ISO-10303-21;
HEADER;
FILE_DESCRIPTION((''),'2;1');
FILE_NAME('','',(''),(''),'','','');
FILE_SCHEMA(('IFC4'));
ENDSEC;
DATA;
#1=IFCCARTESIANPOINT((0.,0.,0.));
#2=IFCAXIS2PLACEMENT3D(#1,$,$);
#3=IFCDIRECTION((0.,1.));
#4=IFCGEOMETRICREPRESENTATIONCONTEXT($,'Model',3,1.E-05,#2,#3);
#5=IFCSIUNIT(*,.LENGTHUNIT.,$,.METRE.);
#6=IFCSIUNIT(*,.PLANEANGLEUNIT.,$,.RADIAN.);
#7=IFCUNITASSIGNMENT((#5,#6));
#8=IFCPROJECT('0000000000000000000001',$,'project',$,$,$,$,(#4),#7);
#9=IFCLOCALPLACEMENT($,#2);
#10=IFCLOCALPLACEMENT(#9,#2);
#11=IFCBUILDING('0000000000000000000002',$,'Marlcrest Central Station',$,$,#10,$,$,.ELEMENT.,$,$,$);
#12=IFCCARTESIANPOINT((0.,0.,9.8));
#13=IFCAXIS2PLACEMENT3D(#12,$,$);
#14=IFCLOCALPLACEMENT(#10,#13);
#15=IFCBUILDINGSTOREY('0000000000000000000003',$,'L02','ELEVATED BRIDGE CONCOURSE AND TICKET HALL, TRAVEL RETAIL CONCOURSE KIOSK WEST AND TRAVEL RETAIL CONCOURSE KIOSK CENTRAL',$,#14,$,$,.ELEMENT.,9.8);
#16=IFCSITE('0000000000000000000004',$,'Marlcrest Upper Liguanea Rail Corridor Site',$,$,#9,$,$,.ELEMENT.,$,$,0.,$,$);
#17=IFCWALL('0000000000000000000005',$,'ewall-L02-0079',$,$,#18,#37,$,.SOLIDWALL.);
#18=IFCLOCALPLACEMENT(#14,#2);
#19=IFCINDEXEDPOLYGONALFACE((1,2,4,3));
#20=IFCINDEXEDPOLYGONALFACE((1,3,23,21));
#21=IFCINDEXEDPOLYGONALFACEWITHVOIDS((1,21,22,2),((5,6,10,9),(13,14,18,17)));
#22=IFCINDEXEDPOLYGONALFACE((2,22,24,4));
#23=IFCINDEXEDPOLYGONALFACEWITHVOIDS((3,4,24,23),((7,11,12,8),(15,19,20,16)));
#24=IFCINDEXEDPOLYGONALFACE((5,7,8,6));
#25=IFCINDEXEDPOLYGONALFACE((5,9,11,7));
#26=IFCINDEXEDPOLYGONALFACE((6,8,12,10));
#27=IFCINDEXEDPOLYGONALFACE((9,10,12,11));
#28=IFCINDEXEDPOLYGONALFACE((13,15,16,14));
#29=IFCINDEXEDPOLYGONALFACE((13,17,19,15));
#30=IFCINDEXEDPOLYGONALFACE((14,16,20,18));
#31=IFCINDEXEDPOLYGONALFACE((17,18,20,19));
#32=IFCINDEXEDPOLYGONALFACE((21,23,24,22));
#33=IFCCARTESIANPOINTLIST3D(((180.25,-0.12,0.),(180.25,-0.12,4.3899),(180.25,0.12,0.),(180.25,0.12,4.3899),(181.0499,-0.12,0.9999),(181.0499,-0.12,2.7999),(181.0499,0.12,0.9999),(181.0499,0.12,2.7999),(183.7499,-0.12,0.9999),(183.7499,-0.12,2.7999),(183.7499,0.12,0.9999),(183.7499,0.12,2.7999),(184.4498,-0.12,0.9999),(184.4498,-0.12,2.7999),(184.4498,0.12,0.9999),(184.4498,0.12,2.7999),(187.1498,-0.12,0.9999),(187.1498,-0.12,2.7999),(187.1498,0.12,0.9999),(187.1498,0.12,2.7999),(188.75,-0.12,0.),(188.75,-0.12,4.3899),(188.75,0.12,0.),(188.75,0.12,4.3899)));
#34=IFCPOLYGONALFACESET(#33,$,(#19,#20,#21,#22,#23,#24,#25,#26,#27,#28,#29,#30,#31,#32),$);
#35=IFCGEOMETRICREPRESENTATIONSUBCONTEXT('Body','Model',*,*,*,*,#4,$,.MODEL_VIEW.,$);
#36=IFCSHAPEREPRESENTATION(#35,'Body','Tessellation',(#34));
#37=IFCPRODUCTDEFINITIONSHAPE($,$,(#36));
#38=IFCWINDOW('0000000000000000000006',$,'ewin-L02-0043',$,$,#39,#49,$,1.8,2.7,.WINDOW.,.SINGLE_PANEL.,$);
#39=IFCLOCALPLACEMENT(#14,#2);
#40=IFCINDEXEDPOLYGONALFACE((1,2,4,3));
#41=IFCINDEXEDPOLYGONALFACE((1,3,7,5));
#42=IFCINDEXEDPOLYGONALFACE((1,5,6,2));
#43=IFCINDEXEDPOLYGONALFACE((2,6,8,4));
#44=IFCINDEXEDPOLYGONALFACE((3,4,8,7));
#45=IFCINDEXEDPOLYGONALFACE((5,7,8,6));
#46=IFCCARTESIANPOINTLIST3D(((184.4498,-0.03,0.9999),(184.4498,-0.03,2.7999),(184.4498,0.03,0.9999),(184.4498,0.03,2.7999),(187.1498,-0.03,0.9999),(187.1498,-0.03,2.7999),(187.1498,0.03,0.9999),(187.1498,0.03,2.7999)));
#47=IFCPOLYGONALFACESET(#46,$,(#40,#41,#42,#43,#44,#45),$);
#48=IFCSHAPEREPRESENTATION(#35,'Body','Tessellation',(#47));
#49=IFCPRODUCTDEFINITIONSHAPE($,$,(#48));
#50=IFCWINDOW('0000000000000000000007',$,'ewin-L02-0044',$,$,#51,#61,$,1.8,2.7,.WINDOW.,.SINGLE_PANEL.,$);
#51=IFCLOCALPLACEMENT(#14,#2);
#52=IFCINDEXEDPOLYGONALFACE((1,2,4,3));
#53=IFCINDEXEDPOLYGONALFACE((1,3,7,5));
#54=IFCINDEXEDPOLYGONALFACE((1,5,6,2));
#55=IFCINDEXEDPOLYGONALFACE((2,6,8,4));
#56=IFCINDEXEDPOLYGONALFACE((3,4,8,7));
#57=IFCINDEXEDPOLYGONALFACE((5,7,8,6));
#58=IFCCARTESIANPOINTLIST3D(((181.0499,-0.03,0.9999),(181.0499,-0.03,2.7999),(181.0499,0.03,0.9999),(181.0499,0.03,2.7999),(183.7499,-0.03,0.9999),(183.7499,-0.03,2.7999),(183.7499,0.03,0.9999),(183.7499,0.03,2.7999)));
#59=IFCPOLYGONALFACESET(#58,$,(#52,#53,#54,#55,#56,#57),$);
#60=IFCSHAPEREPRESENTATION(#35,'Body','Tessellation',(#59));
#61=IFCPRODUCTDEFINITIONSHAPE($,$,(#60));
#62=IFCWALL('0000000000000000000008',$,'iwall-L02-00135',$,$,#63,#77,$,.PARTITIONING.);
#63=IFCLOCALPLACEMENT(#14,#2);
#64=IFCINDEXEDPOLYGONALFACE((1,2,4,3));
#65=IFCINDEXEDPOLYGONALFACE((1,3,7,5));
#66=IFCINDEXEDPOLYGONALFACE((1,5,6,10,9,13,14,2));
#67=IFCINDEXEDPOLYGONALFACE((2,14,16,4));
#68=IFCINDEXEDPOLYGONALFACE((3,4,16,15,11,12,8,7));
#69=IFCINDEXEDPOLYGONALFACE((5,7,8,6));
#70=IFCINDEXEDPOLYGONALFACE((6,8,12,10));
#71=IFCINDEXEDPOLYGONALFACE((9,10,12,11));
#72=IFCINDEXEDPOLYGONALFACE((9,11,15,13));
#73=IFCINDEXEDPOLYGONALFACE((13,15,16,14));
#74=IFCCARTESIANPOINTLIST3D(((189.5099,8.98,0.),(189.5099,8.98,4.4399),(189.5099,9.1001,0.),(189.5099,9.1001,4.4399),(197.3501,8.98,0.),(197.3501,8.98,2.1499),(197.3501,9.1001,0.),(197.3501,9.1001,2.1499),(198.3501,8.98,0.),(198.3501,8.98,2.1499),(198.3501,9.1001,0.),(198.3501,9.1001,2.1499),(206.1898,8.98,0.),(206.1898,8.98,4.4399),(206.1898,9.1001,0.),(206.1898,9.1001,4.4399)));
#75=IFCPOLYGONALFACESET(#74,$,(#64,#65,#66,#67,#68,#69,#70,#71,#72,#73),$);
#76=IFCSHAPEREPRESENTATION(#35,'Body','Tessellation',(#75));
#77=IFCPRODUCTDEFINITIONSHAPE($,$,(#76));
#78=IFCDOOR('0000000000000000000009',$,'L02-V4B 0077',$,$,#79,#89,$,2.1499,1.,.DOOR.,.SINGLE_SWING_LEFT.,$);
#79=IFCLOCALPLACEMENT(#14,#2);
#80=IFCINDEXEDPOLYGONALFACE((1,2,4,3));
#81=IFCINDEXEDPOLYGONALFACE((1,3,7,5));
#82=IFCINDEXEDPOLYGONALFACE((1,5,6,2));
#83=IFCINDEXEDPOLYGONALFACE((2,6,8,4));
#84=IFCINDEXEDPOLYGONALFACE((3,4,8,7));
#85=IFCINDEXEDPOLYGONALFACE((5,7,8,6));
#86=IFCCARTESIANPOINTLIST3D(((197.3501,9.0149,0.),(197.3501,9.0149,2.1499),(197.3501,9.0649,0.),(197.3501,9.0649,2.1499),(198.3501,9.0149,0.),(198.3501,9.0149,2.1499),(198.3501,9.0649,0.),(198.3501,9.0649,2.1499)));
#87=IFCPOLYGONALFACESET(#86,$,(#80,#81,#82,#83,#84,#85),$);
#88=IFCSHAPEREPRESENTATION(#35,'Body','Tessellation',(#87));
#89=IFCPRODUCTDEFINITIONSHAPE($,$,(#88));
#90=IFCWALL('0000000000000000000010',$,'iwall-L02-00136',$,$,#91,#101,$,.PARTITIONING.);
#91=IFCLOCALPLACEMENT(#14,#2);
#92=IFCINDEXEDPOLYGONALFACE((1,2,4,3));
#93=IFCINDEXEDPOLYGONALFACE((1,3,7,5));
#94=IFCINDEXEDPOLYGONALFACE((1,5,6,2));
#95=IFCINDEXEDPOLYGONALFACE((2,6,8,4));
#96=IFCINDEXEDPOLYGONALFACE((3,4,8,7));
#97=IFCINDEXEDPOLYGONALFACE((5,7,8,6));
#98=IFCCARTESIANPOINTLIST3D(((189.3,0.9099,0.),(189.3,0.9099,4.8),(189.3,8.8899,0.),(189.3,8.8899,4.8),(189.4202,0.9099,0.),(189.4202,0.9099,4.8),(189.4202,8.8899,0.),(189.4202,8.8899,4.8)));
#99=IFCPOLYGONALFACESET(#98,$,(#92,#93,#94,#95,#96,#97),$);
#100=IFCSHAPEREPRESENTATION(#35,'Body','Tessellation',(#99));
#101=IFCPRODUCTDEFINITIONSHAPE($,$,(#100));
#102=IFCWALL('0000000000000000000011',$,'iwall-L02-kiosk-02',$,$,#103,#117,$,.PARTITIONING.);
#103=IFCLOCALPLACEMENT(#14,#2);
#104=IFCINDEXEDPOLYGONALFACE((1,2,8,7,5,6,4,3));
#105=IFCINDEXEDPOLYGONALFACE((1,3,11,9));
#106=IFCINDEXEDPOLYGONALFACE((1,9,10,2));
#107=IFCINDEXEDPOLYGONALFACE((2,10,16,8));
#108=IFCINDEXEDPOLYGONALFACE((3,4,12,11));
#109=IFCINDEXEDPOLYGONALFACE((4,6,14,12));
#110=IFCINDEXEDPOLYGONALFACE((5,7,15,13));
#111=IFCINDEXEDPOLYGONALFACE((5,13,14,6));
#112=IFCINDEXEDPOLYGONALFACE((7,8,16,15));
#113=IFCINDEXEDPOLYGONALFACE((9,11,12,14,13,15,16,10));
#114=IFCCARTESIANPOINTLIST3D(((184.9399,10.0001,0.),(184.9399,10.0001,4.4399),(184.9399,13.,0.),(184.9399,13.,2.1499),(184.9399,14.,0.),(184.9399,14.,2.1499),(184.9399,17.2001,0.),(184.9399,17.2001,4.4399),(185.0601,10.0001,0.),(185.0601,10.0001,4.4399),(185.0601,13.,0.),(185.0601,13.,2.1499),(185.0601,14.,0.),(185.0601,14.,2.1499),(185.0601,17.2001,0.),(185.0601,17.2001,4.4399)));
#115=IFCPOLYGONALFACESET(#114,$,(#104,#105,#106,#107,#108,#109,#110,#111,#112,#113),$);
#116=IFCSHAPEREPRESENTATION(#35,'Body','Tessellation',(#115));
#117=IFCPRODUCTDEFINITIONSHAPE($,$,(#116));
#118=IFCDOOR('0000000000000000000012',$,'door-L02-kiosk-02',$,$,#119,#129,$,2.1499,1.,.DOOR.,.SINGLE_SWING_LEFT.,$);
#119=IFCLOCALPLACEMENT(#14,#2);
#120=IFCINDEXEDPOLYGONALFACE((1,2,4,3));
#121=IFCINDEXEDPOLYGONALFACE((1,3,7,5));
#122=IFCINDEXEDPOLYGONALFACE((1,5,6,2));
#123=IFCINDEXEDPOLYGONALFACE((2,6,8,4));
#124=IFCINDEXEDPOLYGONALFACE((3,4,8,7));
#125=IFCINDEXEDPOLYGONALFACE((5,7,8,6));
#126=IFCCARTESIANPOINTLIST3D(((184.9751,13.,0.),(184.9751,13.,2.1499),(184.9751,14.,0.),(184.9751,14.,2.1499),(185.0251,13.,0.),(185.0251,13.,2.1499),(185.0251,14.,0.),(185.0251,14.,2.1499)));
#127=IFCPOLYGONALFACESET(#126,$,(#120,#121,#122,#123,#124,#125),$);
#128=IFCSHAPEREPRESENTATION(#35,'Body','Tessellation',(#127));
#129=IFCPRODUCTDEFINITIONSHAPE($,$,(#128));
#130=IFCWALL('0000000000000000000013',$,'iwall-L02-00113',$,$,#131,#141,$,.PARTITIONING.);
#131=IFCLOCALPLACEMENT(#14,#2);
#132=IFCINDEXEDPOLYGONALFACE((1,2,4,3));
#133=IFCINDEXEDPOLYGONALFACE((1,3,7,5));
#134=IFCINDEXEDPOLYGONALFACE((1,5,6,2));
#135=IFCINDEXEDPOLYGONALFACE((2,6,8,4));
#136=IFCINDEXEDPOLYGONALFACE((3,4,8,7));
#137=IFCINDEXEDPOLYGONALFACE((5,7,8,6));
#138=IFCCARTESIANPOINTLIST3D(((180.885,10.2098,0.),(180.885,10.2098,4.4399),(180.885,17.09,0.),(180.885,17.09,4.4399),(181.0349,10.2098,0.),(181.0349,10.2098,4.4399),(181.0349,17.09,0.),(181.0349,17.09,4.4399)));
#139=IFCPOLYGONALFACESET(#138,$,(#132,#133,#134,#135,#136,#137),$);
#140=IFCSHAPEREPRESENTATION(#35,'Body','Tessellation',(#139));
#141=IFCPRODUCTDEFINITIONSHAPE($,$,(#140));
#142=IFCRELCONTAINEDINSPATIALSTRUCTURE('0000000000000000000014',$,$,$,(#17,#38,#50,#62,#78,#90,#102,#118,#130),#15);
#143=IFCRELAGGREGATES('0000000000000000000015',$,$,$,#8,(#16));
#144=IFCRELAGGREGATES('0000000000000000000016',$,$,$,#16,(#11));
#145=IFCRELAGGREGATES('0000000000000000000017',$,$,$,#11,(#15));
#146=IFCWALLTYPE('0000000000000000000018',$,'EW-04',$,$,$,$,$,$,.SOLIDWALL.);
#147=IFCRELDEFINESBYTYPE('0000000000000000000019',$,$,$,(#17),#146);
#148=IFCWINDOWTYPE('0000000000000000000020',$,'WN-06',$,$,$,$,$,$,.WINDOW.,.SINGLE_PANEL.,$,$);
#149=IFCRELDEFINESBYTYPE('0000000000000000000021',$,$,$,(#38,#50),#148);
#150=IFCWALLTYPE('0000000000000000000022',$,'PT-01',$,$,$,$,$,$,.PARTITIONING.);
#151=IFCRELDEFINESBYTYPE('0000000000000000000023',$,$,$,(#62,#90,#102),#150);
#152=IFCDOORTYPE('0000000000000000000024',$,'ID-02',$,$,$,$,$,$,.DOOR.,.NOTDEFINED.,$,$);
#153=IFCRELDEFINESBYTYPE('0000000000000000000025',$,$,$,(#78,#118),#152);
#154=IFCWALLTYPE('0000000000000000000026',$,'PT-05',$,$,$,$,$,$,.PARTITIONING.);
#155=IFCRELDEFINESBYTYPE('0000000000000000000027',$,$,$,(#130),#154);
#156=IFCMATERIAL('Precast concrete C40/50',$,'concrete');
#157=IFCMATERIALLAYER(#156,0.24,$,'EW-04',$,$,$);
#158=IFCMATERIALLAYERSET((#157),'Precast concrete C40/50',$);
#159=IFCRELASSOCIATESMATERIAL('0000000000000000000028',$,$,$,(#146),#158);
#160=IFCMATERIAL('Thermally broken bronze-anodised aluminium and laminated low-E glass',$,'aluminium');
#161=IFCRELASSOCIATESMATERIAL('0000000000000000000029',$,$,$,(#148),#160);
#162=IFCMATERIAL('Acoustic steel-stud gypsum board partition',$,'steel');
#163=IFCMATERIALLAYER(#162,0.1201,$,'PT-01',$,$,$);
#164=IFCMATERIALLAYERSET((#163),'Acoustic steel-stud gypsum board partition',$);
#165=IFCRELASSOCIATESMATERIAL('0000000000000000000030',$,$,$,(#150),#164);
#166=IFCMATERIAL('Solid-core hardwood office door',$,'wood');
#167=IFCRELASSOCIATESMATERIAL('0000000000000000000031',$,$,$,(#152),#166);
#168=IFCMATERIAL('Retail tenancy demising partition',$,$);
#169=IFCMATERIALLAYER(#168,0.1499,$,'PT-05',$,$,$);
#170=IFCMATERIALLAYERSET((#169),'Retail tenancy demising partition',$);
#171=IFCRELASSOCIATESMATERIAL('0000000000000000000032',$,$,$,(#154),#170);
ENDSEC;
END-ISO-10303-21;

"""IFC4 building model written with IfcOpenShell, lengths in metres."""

from ifc_helpers import new_model, si_unit, direction, frame, frame_2d, origin, place, context, subcontext, project, spatial, rectangle, extrude, material, layer, layer_set, type_object, element, fill, save


model = new_model("IFC4")

# Units and contexts
model_context = context("Model", 3, precision=1e-05, world=origin(), true_north=direction((0.0, 1.0)))
body_context = subcontext(model_context, "Body", "Model", "MODEL_VIEW")
ifc_project = project(units=[si_unit("LENGTHUNIT", "METRE"), si_unit("PLANEANGLEUNIT", "RADIAN")], contexts=[model_context])

# Site, building, storey
site_placement = place(None, origin())
site = spatial("IfcSite", under=ifc_project, at=site_placement, Name="Marlcrest Upper Liguanea Rail Corridor Site", CompositionType="ELEMENT", RefElevation=0.0)
building_placement = place(site_placement, origin())
building = spatial("IfcBuilding", under=site, at=building_placement, Name="Marlcrest Central Station", CompositionType="ELEMENT")
storey_placement = place(building_placement, frame((0.0, 0.0, 9.8)))
storey = spatial("IfcBuildingStorey", under=building, at=storey_placement, Name="L02", Description="ELEVATED BRIDGE CONCOURSE AND TICKET HALL, TRAVEL RETAIL CONCOURSE KIOSK WEST AND TRAVEL RETAIL CONCOURSE KIOSK CENTRAL", CompositionType="ELEMENT", Elevation=9.8)

# Wall, openings, windows
ifc_material_1 = material(Name="Precast concrete C40/50", Category="concrete")
ifc_layer_1 = layer(ifc_material_1, 0.24, Name="EW-04")
ifc_layer_set_1 = layer_set([ifc_layer_1], Name="Precast concrete C40/50")
wall_type_1 = type_object("IfcWallType", Name="EW-04", PredefinedType="SOLIDWALL", material=ifc_layer_set_1)
wall_1_placement = place(storey_placement, frame((188.75, 0.0, 0.0), z_axis=(0.0, 0.0, 1.0), x_axis=(-1.0, 0.0, 0.0)))
wall_1 = element("IfcWall", 1, at=wall_1_placement, inside=storey, type_object=wall_type_1, Name="ewall-L02-0079", PredefinedType="SOLIDWALL", context=body_context, shape_type="SweptSolid", body=[
    extrude(rectangle(XDim=8.5, YDim=0.24, at=frame_2d((4.25, 0.0))), origin(), (0.0, 0.0, 1.0), 4.3899),
])
opening_1_placement = place(wall_1_placement, frame((1.6001, 0.0, 1.0)))
opening_1 = element("IfcOpeningElement", 2, at=opening_1_placement, cuts=wall_1, PredefinedType="OPENING", context=body_context, shape_type="SweptSolid", body=[
    extrude(rectangle(XDim=2.7, YDim=1.8, at=frame_2d((1.3501, 0.8999))), frame((0.0, 0.1299, 0.0), z_axis=(0.0, -1.0, 0.0), x_axis=(1.0, 0.0, 0.0)), (0.0, 0.0, 1.0), 0.26),
])
opening_2_placement = place(wall_1_placement, frame((5.0, 0.0, 1.0)))
opening_2 = element("IfcOpeningElement", 3, at=opening_2_placement, cuts=wall_1, PredefinedType="OPENING", context=body_context, shape_type="SweptSolid", body=[
    extrude(rectangle(XDim=2.7, YDim=1.8, at=frame_2d((1.3501, 0.8999))), frame((0.0, 0.1299, 0.0), z_axis=(0.0, -1.0, 0.0), x_axis=(1.0, 0.0, 0.0)), (0.0, 0.0, 1.0), 0.26),
])
ifc_material_2 = material(Name="Thermally broken bronze-anodised aluminium and laminated low-E glass", Category="aluminium")
window_type = type_object("IfcWindowType", Name="WN-06", PartitioningType="SINGLE_PANEL", PredefinedType="WINDOW", material=ifc_material_2)
window_1_placement = place(opening_1_placement, origin())
window_1 = element("IfcWindow", 4, at=window_1_placement, inside=storey, type_object=window_type, Name="ewin-L02-0043", OverallHeight=1.8, OverallWidth=2.7, PartitioningType="SINGLE_PANEL", PredefinedType="WINDOW", context=body_context, shape_type="SweptSolid", body=[
    extrude(rectangle(XDim=2.7, YDim=1.8, at=frame_2d((1.3501, 0.8999))), frame((0.0, 0.03, 0.0), z_axis=(0.0, -1.0, 0.0), x_axis=(1.0, 0.0, 0.0)), (0.0, 0.0, 1.0), 0.0601),
])
fill(opening_1, window_1)
window_2_placement = place(opening_2_placement, origin())
window_2 = element("IfcWindow", 5, at=window_2_placement, inside=storey, type_object=window_type, Name="ewin-L02-0044", OverallHeight=1.8, OverallWidth=2.7, PartitioningType="SINGLE_PANEL", PredefinedType="WINDOW", context=body_context, shape_type="SweptSolid", body=[
    extrude(rectangle(XDim=2.7, YDim=1.8, at=frame_2d((1.3501, 0.8999))), frame((0.0, 0.03, 0.0), z_axis=(0.0, -1.0, 0.0), x_axis=(1.0, 0.0, 0.0)), (0.0, 0.0, 1.0), 0.0601),
])
fill(opening_2, window_2)

# Wall, opening, door
ifc_material_3 = material(Name="Acoustic steel-stud gypsum board partition", Category="steel")
ifc_layer_2 = layer(ifc_material_3, 0.1201, Name="PT-01")
ifc_layer_set_2 = layer_set([ifc_layer_2], Name="Acoustic steel-stud gypsum board partition")
wall_type_2 = type_object("IfcWallType", Name="PT-01", PredefinedType="PARTITIONING", material=ifc_layer_set_2)
wall_2_placement = place(storey_placement, frame((189.51, 9.04, 0.0), z_axis=(0.0, 0.0, 1.0), x_axis=(1.0, 0.0, 0.0)))
wall_2 = element("IfcWall", 6, at=wall_2_placement, inside=storey, type_object=wall_type_2, Name="iwall-L02-00135", PredefinedType="PARTITIONING", context=body_context, shape_type="SweptSolid", body=[
    extrude(rectangle(XDim=16.6799, YDim=0.1201, at=frame_2d((8.3398, 0.0))), origin(), (0.0, 0.0, 1.0), 4.4399),
])
opening_3_placement = place(wall_2_placement, frame((7.8401, 0.0, 0.0)))
opening_3 = element("IfcOpeningElement", 7, at=opening_3_placement, cuts=wall_2, PredefinedType="OPENING", context=body_context, shape_type="SweptSolid", body=[
    extrude(rectangle(XDim=1.0, YDim=2.1499, at=frame_2d((0.5, 1.075))), frame((0.0, 0.0701, 0.0), z_axis=(0.0, -1.0, 0.0), x_axis=(1.0, 0.0, 0.0)), (0.0, 0.0, 1.0), 0.1401),
])
ifc_material_4 = material(Name="Solid-core hardwood office door", Category="wood")
door_type = type_object("IfcDoorType", Name="ID-02", OperationType="NOTDEFINED", PredefinedType="DOOR", material=ifc_material_4)
door_1_placement = place(opening_3_placement, origin())
door_1 = element("IfcDoor", 8, at=door_1_placement, inside=storey, type_object=door_type, Name="L02-V4B 0077", OperationType="SINGLE_SWING_LEFT", OverallHeight=2.1499, OverallWidth=1.0, PredefinedType="DOOR", context=body_context, shape_type="SweptSolid", body=[
    extrude(rectangle(XDim=1.0, YDim=2.1499, at=frame_2d((0.5, 1.075))), frame((0.0, 0.0249, 0.0), z_axis=(0.0, -1.0, 0.0), x_axis=(1.0, 0.0, 0.0)), (0.0, 0.0, 1.0), 0.05),
])
fill(opening_3, door_1)

# Wall
wall_3_placement = place(storey_placement, frame((189.3601, 0.9099, 0.0), z_axis=(0.0, 0.0, 1.0), x_axis=(0.0, 1.0, 0.0)))
element("IfcWall", 9, at=wall_3_placement, inside=storey, type_object=wall_type_2, Name="iwall-L02-00136", PredefinedType="PARTITIONING", context=body_context, shape_type="SweptSolid", body=[
    extrude(rectangle(XDim=7.98, YDim=0.1201, at=frame_2d((3.99, 0.0))), origin(), (0.0, 0.0, 1.0), 4.8),
])

# Wall, opening, door
wall_4_placement = place(storey_placement, frame((185.0, 10.0, 0.0), z_axis=(0.0, 0.0, 1.0), x_axis=(0.0, 1.0, 0.0)))
wall_4 = element("IfcWall", 10, at=wall_4_placement, inside=storey, type_object=wall_type_2, Name="iwall-L02-kiosk-02", PredefinedType="PARTITIONING", context=body_context, shape_type="SweptSolid", body=[
    extrude(rectangle(XDim=7.2, YDim=0.1201, at=frame_2d((3.6001, 0.0))), origin(), (0.0, 0.0, 1.0), 4.4399),
])
opening_4_placement = place(wall_4_placement, frame((3.0, 0.0, 0.0)))
opening_4 = element("IfcOpeningElement", 11, at=opening_4_placement, cuts=wall_4, PredefinedType="OPENING", context=body_context, shape_type="SweptSolid", body=[
    extrude(rectangle(XDim=1.0, YDim=2.1499, at=frame_2d((0.5, 1.075))), frame((0.0, 0.0701, 0.0), z_axis=(0.0, -1.0, 0.0), x_axis=(1.0, 0.0, 0.0)), (0.0, 0.0, 1.0), 0.1401),
])
door_2_placement = place(opening_4_placement, origin())
door_2 = element("IfcDoor", 12, at=door_2_placement, inside=storey, type_object=door_type, Name="door-L02-kiosk-02", OperationType="SINGLE_SWING_LEFT", OverallHeight=2.1499, OverallWidth=1.0, PredefinedType="DOOR", context=body_context, shape_type="SweptSolid", body=[
    extrude(rectangle(XDim=1.0, YDim=2.1499, at=frame_2d((0.5, 1.075))), frame((0.0, 0.0249, 0.0), z_axis=(0.0, -1.0, 0.0), x_axis=(1.0, 0.0, 0.0)), (0.0, 0.0, 1.0), 0.05),
])
fill(opening_4, door_2)

# Wall
ifc_material_5 = material(Name="Retail tenancy demising partition")
ifc_layer_3 = layer(ifc_material_5, 0.1499, Name="PT-05")
ifc_layer_set_3 = layer_set([ifc_layer_3], Name="Retail tenancy demising partition")
wall_type_3 = type_object("IfcWallType", Name="PT-05", PredefinedType="PARTITIONING", material=ifc_layer_set_3)
wall_5_placement = place(storey_placement, frame((180.96, 10.21, 0.0), z_axis=(0.0, 0.0, 1.0), x_axis=(0.0, 1.0, 0.0)))
element("IfcWall", 13, at=wall_5_placement, inside=storey, type_object=wall_type_3, Name="iwall-L02-00113", PredefinedType="PARTITIONING", context=body_context, shape_type="SweptSolid", body=[
    extrude(rectangle(XDim=6.8801, YDim=0.1499, at=frame_2d((3.4399, 0.0))), origin(), (0.0, 0.0, 1.0), 4.4399),
])

save(model, "model.ifc")
